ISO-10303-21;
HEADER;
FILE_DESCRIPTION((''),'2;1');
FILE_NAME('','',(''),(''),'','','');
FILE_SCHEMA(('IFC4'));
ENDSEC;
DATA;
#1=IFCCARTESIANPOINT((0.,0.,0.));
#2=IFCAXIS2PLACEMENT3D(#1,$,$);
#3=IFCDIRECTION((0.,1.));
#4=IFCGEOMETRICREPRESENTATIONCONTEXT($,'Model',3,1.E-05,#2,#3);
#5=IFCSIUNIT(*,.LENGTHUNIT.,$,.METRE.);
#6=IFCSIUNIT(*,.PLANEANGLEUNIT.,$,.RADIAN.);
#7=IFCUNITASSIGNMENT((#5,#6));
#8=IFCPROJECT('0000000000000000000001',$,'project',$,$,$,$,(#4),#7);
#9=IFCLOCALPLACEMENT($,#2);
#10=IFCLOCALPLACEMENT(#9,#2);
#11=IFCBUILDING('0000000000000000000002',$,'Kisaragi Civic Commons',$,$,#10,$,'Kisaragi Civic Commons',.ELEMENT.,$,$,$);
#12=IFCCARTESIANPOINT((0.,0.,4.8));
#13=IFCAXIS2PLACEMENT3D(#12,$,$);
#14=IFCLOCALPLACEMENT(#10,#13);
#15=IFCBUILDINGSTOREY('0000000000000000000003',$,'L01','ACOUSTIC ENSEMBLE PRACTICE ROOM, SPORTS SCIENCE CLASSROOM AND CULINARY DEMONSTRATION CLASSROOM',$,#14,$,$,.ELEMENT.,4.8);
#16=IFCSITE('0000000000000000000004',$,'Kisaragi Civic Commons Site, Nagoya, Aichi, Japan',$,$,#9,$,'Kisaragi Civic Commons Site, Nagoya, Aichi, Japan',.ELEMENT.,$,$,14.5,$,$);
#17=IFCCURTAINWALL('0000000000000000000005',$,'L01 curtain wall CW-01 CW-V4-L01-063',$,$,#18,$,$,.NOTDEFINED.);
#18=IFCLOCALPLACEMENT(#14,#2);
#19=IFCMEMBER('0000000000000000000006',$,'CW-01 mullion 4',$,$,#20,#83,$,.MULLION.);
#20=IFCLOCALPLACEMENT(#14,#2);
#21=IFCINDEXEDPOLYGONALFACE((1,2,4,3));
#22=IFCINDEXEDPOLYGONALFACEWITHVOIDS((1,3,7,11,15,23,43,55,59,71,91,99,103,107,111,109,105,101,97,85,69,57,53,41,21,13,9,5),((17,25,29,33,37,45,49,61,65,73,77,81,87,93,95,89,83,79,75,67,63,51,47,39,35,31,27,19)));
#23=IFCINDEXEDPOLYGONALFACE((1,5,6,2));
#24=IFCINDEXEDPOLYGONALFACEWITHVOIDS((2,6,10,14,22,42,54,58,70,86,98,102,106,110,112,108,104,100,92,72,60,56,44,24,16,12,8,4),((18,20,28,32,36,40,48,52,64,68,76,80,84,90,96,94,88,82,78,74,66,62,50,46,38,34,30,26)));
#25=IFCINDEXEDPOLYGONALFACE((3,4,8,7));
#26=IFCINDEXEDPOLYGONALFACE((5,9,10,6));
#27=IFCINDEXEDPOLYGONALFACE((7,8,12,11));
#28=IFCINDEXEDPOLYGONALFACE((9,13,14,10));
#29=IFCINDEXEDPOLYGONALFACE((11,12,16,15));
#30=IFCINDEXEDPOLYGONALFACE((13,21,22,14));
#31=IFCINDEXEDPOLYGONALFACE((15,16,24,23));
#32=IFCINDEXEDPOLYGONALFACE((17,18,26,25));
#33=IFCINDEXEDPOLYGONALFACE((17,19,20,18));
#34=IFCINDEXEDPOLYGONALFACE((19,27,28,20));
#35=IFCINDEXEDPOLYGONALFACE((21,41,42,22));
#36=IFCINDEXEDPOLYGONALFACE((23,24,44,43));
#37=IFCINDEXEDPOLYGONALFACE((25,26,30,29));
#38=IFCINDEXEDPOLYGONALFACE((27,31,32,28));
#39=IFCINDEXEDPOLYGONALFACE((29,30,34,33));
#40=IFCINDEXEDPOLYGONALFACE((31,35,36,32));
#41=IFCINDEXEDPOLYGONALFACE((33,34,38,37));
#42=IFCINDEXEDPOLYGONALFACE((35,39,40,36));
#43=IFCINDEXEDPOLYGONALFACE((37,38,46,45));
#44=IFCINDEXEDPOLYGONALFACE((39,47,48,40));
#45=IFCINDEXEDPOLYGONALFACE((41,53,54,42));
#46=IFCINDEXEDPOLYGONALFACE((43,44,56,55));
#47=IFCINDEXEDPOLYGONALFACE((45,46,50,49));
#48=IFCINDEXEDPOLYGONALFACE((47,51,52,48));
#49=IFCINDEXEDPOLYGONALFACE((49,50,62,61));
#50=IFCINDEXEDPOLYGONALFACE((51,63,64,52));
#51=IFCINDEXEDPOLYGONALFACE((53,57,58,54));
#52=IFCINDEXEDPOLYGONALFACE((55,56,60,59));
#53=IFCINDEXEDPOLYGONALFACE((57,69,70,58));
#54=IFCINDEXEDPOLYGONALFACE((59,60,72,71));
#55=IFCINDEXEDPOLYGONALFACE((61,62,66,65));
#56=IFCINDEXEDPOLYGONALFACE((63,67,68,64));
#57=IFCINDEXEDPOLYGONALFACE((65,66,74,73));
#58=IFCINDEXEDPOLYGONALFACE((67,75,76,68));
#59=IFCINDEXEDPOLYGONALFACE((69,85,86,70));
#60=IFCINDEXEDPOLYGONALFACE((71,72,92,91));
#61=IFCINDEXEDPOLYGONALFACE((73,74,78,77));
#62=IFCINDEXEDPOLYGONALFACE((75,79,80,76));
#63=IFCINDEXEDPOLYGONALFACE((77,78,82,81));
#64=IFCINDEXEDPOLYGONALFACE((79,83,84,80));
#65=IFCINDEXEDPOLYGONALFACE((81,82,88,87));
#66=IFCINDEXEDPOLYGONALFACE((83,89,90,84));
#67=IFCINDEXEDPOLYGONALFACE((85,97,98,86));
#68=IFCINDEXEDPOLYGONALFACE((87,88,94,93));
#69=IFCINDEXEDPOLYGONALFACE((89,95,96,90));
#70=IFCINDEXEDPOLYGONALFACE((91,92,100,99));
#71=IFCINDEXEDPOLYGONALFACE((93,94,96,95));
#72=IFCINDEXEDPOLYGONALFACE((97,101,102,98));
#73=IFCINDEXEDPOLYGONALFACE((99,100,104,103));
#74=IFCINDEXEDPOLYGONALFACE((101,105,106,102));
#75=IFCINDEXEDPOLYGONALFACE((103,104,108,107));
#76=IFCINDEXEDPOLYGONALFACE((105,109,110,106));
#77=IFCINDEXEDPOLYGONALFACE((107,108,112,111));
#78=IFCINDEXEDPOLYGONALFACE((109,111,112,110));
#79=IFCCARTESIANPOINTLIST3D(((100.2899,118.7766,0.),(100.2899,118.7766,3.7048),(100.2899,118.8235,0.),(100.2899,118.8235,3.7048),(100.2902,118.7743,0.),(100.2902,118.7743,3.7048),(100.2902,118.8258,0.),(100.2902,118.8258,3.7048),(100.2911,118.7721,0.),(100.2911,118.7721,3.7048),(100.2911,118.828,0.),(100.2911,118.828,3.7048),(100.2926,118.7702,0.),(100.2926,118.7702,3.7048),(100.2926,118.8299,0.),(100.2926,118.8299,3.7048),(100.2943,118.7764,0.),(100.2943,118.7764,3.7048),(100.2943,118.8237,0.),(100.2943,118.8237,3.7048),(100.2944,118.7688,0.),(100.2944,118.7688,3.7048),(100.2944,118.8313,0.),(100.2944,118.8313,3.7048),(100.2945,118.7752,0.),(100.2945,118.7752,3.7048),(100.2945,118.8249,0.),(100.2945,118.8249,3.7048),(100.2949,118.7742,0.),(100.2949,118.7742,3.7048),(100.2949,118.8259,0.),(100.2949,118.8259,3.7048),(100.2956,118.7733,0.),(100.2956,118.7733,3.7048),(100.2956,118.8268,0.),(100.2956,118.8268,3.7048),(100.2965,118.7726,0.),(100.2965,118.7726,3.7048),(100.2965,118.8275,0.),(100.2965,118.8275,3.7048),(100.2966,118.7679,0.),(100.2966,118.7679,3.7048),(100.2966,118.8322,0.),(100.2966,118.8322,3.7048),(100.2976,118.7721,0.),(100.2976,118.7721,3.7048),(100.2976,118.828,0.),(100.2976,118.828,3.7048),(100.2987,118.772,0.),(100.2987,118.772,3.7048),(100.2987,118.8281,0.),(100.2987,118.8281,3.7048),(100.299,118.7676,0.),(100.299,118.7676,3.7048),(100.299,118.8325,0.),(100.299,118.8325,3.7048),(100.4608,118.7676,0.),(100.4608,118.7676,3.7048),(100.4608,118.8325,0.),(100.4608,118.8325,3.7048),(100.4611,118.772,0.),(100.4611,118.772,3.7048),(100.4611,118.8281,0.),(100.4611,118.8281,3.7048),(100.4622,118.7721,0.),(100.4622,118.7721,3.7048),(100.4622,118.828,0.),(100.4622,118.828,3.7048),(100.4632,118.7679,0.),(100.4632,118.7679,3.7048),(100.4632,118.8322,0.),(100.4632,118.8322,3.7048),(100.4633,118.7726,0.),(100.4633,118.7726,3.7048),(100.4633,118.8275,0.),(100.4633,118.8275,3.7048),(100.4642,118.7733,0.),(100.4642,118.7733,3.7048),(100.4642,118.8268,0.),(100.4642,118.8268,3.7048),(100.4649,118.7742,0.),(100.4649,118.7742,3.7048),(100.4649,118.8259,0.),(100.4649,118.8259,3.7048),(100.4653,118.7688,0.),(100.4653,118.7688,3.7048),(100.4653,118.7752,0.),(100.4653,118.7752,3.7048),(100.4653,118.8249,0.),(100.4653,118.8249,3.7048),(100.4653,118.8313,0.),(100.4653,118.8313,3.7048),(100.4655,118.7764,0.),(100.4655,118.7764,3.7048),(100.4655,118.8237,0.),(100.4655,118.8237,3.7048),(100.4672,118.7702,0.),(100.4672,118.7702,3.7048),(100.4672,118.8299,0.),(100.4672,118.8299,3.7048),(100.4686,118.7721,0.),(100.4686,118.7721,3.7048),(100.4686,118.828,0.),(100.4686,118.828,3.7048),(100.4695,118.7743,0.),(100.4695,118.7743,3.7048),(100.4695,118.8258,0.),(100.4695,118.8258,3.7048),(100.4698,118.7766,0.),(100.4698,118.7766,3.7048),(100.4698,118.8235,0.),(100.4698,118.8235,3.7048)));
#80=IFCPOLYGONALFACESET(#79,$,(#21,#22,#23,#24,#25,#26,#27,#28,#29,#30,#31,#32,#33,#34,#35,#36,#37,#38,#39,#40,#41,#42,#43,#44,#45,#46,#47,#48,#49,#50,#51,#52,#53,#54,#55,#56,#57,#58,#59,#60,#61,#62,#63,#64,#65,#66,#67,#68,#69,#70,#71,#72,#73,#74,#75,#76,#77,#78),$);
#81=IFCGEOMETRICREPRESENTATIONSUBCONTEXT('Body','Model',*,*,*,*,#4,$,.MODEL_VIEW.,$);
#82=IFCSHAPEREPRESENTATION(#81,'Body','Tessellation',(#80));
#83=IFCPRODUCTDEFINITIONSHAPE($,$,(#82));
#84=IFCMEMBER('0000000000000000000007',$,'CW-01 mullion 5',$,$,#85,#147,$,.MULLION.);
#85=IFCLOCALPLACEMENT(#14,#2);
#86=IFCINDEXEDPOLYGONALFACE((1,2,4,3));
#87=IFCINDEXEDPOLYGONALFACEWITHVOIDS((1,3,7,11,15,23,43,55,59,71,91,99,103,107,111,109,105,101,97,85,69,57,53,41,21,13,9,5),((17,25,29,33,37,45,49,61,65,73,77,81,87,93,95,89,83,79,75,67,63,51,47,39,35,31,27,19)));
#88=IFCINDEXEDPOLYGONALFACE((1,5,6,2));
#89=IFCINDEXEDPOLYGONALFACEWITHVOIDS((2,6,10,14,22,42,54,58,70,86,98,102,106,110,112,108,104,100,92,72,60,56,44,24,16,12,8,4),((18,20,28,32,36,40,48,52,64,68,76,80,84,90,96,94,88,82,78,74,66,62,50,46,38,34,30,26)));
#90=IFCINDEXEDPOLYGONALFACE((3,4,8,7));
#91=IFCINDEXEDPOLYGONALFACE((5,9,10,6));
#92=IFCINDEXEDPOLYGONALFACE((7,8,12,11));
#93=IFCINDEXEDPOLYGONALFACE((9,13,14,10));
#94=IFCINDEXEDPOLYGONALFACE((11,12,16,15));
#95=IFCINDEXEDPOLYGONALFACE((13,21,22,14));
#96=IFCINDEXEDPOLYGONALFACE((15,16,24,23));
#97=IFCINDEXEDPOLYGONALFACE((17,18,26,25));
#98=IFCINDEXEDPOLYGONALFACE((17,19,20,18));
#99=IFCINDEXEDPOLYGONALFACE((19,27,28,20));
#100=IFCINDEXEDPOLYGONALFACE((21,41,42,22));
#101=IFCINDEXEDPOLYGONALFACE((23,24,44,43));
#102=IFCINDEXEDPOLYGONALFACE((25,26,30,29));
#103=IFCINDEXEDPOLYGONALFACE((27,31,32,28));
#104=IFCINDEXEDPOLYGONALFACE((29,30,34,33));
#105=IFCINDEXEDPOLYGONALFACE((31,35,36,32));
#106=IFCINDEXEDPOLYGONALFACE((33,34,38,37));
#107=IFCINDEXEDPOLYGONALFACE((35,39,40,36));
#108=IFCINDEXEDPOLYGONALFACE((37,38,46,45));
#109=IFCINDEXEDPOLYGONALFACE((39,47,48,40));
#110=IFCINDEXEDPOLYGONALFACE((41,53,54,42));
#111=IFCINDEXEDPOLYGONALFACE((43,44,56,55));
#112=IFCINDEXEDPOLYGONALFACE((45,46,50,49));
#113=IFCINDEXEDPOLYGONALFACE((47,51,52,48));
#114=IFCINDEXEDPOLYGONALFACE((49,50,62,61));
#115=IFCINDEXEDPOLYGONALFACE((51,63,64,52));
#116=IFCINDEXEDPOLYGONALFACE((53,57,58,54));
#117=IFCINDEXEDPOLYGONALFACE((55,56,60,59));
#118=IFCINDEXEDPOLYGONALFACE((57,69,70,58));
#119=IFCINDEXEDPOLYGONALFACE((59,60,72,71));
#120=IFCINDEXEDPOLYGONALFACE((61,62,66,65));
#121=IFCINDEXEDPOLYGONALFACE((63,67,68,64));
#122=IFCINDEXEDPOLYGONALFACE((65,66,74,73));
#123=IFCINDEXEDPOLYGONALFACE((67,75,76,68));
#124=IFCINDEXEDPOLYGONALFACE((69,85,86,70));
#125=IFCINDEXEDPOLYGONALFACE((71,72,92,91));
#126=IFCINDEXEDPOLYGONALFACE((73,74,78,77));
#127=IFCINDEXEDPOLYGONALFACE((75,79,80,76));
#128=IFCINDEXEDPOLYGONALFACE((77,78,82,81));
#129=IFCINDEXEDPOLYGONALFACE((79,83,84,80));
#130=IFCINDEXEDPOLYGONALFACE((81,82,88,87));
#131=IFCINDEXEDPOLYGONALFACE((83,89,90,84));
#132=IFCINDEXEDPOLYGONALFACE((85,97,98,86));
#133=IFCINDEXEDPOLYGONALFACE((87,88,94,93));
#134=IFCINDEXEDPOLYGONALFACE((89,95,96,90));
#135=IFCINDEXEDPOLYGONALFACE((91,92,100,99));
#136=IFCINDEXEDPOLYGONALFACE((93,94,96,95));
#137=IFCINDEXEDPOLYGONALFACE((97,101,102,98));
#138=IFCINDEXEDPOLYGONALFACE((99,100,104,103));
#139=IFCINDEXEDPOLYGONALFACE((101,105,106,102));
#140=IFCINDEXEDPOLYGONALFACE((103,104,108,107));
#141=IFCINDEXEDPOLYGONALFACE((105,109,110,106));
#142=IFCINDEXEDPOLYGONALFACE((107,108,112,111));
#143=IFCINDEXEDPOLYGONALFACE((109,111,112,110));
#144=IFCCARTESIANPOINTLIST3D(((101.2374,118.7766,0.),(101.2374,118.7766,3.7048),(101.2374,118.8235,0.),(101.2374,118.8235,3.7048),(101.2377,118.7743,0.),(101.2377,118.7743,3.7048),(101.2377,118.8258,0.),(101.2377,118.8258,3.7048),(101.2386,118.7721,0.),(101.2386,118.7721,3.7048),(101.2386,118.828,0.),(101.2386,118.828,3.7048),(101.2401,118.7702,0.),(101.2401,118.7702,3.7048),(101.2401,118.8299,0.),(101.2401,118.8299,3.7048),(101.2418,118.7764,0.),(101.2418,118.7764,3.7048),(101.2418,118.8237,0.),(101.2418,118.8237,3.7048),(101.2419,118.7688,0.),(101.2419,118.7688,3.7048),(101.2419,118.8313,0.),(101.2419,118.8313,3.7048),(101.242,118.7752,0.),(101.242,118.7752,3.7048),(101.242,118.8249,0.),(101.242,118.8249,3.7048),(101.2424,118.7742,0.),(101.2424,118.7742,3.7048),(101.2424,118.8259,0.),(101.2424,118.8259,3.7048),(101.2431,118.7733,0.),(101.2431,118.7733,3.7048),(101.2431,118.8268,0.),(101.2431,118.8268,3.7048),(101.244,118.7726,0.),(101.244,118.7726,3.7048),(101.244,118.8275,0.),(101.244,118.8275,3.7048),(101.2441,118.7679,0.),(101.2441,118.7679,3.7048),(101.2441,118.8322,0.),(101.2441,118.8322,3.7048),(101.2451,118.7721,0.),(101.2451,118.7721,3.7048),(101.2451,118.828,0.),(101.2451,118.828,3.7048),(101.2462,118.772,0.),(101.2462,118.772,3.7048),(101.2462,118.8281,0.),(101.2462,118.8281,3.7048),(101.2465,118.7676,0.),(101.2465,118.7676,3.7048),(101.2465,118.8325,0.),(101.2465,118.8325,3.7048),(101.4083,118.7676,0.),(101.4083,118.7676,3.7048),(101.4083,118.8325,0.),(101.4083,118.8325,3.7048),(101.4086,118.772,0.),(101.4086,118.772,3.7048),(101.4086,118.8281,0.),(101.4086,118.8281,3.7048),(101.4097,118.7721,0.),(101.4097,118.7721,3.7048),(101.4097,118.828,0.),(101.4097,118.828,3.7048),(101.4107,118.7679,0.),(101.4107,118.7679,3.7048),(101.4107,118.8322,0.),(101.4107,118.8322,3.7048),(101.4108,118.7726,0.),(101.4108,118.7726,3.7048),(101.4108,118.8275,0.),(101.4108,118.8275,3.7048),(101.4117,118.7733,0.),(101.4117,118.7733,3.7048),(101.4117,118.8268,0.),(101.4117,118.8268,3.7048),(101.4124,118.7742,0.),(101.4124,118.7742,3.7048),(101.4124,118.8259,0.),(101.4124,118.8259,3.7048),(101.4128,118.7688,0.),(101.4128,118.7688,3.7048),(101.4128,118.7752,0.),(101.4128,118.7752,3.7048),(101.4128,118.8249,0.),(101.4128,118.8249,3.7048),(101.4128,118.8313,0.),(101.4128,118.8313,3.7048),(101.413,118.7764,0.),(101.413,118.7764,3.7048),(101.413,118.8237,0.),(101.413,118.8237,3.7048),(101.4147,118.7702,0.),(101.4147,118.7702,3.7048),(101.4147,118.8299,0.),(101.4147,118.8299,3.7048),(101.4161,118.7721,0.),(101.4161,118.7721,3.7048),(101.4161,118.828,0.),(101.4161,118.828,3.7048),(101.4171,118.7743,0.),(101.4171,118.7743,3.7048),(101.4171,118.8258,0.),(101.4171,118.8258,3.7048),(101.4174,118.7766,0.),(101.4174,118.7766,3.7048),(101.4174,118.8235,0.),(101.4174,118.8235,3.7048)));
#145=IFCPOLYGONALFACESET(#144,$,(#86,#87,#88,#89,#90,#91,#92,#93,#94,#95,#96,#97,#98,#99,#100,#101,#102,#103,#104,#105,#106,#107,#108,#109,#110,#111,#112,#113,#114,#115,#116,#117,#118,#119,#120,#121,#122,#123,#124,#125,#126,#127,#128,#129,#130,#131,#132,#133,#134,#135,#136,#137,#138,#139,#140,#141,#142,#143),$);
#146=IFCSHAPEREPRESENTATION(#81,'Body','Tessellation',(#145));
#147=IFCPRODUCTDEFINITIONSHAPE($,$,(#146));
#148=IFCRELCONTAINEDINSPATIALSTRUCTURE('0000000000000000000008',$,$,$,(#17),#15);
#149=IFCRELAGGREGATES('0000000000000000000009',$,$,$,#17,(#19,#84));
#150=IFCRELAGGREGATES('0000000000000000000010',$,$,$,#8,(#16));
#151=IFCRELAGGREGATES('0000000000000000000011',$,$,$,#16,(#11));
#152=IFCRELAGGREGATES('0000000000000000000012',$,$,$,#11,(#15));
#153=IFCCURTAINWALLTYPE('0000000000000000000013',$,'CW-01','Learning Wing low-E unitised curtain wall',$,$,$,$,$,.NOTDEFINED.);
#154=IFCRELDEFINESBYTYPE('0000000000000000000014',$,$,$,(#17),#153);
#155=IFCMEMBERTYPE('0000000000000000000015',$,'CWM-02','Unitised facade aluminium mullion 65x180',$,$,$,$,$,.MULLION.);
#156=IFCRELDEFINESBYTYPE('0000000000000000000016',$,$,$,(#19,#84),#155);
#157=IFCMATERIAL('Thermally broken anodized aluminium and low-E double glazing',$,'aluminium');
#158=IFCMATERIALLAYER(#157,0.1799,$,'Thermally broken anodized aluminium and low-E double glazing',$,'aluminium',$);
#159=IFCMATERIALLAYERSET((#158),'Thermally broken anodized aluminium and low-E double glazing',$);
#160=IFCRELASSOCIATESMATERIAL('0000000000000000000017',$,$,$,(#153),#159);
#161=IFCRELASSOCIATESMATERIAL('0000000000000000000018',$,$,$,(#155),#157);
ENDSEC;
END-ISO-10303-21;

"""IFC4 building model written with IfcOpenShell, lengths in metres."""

from ifc_helpers import new_model, si_unit, direction, frame, origin, origin_2d, place, context, subcontext, project, spatial, hollow_rectangle, extrude, material, layer, layer_set, material_profile, profile_set, type_object, element, aggregate, save


model = new_model("IFC4")

# Units and contexts
model_context = context("Model", 3, precision=1e-05, world=origin(), true_north=direction((0.0, 1.0)))
body_context = subcontext(model_context, "Body", "Model", "MODEL_VIEW")
ifc_project = project(units=[si_unit("LENGTHUNIT", "METRE"), si_unit("PLANEANGLEUNIT", "RADIAN")], contexts=[model_context])

# Site, building, storey
site_placement = place(None, origin())
site = spatial("IfcSite", under=ifc_project, at=site_placement, Name="Kisaragi Civic Commons Site, Nagoya, Aichi, Japan", LongName="Kisaragi Civic Commons Site, Nagoya, Aichi, Japan", CompositionType="ELEMENT", RefElevation=14.5)
building_placement = place(site_placement, origin())
building = spatial("IfcBuilding", under=site, at=building_placement, Name="Kisaragi Civic Commons", LongName="Kisaragi Civic Commons", CompositionType="ELEMENT")
storey_placement = place(building_placement, frame((0.0, 0.0, 4.8)))
storey = spatial("IfcBuildingStorey", under=building, at=storey_placement, Name="L01", Description="ACOUSTIC ENSEMBLE PRACTICE ROOM, SPORTS SCIENCE CLASSROOM AND CULINARY DEMONSTRATION CLASSROOM", CompositionType="ELEMENT", Elevation=4.8)

# Curtain wall, members
ifc_material = material(Name="Thermally broken anodized aluminium and low-E double glazing", Category="aluminium")
ifc_layer_1 = layer(ifc_material, 0.1799, Name="Thermally broken anodized aluminium and low-E double glazing", Category="aluminium")
ifc_layer_set_1 = layer_set([ifc_layer_1], Name="Thermally broken anodized aluminium and low-E double glazing")
curtain_wall_type = type_object("IfcCurtainWallType", Name="CW-01", Description="Learning Wing low-E unitised curtain wall", PredefinedType="NOTDEFINED", material=ifc_layer_set_1)
curtain_wall_1_placement = place(storey_placement, origin())
curtain_wall_1 = element("IfcCurtainWall", 1, at=curtain_wall_1_placement, inside=storey, type_object=curtain_wall_type, Name="L01 curtain wall CW-01 CW-V4-L01-063", PredefinedType="NOTDEFINED")
ifc_material_profile_1 = material_profile(ifc_material, hollow_rectangle(XDim=0.0649, YDim=0.1799, WallThickness=0.0044, InnerFilletRadius=0.0044, OuterFilletRadius=0.009, at=origin_2d()), Name="CWM-65x180x4.5", Category="aluminium")
ifc_profile_set_1 = profile_set([ifc_material_profile_1], Name="Thermally broken anodized aluminium and low-E double glazing")
member_type_1 = type_object("IfcMemberType", Name="CWM-02", Description="Unitised facade aluminium mullion 65x180", PredefinedType="MULLION", material=ifc_profile_set_1)
member_1_placement = place(storey_placement, frame((100.3799, 118.8, 0.0), z_axis=(0.0, 0.0, 1.0), x_axis=(0.0, 1.0, 0.0)))
member_1 = element("IfcMember", 2, at=member_1_placement, type_object=member_type_1, Name="CW-01 mullion 4", PredefinedType="MULLION", context=body_context, shape_type="SweptSolid", body=[
    extrude(hollow_rectangle(XDim=0.0649, YDim=0.1799, WallThickness=0.0044, InnerFilletRadius=0.0044, OuterFilletRadius=0.009, at=origin_2d()), origin(), (0.0, 0.0, 1.0), 3.7048),
])
member_2_placement = place(storey_placement, frame((101.3274, 118.8, 0.0), z_axis=(0.0, 0.0, 1.0), x_axis=(0.0, 1.0, 0.0)))
member_2 = element("IfcMember", 3, at=member_2_placement, type_object=member_type_1, Name="CW-01 mullion 5", PredefinedType="MULLION", context=body_context, shape_type="SweptSolid", body=[
    extrude(hollow_rectangle(XDim=0.0649, YDim=0.1799, WallThickness=0.0044, InnerFilletRadius=0.0044, OuterFilletRadius=0.009, at=origin_2d()), origin(), (0.0, 0.0, 1.0), 3.7048),
])

aggregate(curtain_wall_1, [member_1, member_2])

save(model, "model.ifc")
